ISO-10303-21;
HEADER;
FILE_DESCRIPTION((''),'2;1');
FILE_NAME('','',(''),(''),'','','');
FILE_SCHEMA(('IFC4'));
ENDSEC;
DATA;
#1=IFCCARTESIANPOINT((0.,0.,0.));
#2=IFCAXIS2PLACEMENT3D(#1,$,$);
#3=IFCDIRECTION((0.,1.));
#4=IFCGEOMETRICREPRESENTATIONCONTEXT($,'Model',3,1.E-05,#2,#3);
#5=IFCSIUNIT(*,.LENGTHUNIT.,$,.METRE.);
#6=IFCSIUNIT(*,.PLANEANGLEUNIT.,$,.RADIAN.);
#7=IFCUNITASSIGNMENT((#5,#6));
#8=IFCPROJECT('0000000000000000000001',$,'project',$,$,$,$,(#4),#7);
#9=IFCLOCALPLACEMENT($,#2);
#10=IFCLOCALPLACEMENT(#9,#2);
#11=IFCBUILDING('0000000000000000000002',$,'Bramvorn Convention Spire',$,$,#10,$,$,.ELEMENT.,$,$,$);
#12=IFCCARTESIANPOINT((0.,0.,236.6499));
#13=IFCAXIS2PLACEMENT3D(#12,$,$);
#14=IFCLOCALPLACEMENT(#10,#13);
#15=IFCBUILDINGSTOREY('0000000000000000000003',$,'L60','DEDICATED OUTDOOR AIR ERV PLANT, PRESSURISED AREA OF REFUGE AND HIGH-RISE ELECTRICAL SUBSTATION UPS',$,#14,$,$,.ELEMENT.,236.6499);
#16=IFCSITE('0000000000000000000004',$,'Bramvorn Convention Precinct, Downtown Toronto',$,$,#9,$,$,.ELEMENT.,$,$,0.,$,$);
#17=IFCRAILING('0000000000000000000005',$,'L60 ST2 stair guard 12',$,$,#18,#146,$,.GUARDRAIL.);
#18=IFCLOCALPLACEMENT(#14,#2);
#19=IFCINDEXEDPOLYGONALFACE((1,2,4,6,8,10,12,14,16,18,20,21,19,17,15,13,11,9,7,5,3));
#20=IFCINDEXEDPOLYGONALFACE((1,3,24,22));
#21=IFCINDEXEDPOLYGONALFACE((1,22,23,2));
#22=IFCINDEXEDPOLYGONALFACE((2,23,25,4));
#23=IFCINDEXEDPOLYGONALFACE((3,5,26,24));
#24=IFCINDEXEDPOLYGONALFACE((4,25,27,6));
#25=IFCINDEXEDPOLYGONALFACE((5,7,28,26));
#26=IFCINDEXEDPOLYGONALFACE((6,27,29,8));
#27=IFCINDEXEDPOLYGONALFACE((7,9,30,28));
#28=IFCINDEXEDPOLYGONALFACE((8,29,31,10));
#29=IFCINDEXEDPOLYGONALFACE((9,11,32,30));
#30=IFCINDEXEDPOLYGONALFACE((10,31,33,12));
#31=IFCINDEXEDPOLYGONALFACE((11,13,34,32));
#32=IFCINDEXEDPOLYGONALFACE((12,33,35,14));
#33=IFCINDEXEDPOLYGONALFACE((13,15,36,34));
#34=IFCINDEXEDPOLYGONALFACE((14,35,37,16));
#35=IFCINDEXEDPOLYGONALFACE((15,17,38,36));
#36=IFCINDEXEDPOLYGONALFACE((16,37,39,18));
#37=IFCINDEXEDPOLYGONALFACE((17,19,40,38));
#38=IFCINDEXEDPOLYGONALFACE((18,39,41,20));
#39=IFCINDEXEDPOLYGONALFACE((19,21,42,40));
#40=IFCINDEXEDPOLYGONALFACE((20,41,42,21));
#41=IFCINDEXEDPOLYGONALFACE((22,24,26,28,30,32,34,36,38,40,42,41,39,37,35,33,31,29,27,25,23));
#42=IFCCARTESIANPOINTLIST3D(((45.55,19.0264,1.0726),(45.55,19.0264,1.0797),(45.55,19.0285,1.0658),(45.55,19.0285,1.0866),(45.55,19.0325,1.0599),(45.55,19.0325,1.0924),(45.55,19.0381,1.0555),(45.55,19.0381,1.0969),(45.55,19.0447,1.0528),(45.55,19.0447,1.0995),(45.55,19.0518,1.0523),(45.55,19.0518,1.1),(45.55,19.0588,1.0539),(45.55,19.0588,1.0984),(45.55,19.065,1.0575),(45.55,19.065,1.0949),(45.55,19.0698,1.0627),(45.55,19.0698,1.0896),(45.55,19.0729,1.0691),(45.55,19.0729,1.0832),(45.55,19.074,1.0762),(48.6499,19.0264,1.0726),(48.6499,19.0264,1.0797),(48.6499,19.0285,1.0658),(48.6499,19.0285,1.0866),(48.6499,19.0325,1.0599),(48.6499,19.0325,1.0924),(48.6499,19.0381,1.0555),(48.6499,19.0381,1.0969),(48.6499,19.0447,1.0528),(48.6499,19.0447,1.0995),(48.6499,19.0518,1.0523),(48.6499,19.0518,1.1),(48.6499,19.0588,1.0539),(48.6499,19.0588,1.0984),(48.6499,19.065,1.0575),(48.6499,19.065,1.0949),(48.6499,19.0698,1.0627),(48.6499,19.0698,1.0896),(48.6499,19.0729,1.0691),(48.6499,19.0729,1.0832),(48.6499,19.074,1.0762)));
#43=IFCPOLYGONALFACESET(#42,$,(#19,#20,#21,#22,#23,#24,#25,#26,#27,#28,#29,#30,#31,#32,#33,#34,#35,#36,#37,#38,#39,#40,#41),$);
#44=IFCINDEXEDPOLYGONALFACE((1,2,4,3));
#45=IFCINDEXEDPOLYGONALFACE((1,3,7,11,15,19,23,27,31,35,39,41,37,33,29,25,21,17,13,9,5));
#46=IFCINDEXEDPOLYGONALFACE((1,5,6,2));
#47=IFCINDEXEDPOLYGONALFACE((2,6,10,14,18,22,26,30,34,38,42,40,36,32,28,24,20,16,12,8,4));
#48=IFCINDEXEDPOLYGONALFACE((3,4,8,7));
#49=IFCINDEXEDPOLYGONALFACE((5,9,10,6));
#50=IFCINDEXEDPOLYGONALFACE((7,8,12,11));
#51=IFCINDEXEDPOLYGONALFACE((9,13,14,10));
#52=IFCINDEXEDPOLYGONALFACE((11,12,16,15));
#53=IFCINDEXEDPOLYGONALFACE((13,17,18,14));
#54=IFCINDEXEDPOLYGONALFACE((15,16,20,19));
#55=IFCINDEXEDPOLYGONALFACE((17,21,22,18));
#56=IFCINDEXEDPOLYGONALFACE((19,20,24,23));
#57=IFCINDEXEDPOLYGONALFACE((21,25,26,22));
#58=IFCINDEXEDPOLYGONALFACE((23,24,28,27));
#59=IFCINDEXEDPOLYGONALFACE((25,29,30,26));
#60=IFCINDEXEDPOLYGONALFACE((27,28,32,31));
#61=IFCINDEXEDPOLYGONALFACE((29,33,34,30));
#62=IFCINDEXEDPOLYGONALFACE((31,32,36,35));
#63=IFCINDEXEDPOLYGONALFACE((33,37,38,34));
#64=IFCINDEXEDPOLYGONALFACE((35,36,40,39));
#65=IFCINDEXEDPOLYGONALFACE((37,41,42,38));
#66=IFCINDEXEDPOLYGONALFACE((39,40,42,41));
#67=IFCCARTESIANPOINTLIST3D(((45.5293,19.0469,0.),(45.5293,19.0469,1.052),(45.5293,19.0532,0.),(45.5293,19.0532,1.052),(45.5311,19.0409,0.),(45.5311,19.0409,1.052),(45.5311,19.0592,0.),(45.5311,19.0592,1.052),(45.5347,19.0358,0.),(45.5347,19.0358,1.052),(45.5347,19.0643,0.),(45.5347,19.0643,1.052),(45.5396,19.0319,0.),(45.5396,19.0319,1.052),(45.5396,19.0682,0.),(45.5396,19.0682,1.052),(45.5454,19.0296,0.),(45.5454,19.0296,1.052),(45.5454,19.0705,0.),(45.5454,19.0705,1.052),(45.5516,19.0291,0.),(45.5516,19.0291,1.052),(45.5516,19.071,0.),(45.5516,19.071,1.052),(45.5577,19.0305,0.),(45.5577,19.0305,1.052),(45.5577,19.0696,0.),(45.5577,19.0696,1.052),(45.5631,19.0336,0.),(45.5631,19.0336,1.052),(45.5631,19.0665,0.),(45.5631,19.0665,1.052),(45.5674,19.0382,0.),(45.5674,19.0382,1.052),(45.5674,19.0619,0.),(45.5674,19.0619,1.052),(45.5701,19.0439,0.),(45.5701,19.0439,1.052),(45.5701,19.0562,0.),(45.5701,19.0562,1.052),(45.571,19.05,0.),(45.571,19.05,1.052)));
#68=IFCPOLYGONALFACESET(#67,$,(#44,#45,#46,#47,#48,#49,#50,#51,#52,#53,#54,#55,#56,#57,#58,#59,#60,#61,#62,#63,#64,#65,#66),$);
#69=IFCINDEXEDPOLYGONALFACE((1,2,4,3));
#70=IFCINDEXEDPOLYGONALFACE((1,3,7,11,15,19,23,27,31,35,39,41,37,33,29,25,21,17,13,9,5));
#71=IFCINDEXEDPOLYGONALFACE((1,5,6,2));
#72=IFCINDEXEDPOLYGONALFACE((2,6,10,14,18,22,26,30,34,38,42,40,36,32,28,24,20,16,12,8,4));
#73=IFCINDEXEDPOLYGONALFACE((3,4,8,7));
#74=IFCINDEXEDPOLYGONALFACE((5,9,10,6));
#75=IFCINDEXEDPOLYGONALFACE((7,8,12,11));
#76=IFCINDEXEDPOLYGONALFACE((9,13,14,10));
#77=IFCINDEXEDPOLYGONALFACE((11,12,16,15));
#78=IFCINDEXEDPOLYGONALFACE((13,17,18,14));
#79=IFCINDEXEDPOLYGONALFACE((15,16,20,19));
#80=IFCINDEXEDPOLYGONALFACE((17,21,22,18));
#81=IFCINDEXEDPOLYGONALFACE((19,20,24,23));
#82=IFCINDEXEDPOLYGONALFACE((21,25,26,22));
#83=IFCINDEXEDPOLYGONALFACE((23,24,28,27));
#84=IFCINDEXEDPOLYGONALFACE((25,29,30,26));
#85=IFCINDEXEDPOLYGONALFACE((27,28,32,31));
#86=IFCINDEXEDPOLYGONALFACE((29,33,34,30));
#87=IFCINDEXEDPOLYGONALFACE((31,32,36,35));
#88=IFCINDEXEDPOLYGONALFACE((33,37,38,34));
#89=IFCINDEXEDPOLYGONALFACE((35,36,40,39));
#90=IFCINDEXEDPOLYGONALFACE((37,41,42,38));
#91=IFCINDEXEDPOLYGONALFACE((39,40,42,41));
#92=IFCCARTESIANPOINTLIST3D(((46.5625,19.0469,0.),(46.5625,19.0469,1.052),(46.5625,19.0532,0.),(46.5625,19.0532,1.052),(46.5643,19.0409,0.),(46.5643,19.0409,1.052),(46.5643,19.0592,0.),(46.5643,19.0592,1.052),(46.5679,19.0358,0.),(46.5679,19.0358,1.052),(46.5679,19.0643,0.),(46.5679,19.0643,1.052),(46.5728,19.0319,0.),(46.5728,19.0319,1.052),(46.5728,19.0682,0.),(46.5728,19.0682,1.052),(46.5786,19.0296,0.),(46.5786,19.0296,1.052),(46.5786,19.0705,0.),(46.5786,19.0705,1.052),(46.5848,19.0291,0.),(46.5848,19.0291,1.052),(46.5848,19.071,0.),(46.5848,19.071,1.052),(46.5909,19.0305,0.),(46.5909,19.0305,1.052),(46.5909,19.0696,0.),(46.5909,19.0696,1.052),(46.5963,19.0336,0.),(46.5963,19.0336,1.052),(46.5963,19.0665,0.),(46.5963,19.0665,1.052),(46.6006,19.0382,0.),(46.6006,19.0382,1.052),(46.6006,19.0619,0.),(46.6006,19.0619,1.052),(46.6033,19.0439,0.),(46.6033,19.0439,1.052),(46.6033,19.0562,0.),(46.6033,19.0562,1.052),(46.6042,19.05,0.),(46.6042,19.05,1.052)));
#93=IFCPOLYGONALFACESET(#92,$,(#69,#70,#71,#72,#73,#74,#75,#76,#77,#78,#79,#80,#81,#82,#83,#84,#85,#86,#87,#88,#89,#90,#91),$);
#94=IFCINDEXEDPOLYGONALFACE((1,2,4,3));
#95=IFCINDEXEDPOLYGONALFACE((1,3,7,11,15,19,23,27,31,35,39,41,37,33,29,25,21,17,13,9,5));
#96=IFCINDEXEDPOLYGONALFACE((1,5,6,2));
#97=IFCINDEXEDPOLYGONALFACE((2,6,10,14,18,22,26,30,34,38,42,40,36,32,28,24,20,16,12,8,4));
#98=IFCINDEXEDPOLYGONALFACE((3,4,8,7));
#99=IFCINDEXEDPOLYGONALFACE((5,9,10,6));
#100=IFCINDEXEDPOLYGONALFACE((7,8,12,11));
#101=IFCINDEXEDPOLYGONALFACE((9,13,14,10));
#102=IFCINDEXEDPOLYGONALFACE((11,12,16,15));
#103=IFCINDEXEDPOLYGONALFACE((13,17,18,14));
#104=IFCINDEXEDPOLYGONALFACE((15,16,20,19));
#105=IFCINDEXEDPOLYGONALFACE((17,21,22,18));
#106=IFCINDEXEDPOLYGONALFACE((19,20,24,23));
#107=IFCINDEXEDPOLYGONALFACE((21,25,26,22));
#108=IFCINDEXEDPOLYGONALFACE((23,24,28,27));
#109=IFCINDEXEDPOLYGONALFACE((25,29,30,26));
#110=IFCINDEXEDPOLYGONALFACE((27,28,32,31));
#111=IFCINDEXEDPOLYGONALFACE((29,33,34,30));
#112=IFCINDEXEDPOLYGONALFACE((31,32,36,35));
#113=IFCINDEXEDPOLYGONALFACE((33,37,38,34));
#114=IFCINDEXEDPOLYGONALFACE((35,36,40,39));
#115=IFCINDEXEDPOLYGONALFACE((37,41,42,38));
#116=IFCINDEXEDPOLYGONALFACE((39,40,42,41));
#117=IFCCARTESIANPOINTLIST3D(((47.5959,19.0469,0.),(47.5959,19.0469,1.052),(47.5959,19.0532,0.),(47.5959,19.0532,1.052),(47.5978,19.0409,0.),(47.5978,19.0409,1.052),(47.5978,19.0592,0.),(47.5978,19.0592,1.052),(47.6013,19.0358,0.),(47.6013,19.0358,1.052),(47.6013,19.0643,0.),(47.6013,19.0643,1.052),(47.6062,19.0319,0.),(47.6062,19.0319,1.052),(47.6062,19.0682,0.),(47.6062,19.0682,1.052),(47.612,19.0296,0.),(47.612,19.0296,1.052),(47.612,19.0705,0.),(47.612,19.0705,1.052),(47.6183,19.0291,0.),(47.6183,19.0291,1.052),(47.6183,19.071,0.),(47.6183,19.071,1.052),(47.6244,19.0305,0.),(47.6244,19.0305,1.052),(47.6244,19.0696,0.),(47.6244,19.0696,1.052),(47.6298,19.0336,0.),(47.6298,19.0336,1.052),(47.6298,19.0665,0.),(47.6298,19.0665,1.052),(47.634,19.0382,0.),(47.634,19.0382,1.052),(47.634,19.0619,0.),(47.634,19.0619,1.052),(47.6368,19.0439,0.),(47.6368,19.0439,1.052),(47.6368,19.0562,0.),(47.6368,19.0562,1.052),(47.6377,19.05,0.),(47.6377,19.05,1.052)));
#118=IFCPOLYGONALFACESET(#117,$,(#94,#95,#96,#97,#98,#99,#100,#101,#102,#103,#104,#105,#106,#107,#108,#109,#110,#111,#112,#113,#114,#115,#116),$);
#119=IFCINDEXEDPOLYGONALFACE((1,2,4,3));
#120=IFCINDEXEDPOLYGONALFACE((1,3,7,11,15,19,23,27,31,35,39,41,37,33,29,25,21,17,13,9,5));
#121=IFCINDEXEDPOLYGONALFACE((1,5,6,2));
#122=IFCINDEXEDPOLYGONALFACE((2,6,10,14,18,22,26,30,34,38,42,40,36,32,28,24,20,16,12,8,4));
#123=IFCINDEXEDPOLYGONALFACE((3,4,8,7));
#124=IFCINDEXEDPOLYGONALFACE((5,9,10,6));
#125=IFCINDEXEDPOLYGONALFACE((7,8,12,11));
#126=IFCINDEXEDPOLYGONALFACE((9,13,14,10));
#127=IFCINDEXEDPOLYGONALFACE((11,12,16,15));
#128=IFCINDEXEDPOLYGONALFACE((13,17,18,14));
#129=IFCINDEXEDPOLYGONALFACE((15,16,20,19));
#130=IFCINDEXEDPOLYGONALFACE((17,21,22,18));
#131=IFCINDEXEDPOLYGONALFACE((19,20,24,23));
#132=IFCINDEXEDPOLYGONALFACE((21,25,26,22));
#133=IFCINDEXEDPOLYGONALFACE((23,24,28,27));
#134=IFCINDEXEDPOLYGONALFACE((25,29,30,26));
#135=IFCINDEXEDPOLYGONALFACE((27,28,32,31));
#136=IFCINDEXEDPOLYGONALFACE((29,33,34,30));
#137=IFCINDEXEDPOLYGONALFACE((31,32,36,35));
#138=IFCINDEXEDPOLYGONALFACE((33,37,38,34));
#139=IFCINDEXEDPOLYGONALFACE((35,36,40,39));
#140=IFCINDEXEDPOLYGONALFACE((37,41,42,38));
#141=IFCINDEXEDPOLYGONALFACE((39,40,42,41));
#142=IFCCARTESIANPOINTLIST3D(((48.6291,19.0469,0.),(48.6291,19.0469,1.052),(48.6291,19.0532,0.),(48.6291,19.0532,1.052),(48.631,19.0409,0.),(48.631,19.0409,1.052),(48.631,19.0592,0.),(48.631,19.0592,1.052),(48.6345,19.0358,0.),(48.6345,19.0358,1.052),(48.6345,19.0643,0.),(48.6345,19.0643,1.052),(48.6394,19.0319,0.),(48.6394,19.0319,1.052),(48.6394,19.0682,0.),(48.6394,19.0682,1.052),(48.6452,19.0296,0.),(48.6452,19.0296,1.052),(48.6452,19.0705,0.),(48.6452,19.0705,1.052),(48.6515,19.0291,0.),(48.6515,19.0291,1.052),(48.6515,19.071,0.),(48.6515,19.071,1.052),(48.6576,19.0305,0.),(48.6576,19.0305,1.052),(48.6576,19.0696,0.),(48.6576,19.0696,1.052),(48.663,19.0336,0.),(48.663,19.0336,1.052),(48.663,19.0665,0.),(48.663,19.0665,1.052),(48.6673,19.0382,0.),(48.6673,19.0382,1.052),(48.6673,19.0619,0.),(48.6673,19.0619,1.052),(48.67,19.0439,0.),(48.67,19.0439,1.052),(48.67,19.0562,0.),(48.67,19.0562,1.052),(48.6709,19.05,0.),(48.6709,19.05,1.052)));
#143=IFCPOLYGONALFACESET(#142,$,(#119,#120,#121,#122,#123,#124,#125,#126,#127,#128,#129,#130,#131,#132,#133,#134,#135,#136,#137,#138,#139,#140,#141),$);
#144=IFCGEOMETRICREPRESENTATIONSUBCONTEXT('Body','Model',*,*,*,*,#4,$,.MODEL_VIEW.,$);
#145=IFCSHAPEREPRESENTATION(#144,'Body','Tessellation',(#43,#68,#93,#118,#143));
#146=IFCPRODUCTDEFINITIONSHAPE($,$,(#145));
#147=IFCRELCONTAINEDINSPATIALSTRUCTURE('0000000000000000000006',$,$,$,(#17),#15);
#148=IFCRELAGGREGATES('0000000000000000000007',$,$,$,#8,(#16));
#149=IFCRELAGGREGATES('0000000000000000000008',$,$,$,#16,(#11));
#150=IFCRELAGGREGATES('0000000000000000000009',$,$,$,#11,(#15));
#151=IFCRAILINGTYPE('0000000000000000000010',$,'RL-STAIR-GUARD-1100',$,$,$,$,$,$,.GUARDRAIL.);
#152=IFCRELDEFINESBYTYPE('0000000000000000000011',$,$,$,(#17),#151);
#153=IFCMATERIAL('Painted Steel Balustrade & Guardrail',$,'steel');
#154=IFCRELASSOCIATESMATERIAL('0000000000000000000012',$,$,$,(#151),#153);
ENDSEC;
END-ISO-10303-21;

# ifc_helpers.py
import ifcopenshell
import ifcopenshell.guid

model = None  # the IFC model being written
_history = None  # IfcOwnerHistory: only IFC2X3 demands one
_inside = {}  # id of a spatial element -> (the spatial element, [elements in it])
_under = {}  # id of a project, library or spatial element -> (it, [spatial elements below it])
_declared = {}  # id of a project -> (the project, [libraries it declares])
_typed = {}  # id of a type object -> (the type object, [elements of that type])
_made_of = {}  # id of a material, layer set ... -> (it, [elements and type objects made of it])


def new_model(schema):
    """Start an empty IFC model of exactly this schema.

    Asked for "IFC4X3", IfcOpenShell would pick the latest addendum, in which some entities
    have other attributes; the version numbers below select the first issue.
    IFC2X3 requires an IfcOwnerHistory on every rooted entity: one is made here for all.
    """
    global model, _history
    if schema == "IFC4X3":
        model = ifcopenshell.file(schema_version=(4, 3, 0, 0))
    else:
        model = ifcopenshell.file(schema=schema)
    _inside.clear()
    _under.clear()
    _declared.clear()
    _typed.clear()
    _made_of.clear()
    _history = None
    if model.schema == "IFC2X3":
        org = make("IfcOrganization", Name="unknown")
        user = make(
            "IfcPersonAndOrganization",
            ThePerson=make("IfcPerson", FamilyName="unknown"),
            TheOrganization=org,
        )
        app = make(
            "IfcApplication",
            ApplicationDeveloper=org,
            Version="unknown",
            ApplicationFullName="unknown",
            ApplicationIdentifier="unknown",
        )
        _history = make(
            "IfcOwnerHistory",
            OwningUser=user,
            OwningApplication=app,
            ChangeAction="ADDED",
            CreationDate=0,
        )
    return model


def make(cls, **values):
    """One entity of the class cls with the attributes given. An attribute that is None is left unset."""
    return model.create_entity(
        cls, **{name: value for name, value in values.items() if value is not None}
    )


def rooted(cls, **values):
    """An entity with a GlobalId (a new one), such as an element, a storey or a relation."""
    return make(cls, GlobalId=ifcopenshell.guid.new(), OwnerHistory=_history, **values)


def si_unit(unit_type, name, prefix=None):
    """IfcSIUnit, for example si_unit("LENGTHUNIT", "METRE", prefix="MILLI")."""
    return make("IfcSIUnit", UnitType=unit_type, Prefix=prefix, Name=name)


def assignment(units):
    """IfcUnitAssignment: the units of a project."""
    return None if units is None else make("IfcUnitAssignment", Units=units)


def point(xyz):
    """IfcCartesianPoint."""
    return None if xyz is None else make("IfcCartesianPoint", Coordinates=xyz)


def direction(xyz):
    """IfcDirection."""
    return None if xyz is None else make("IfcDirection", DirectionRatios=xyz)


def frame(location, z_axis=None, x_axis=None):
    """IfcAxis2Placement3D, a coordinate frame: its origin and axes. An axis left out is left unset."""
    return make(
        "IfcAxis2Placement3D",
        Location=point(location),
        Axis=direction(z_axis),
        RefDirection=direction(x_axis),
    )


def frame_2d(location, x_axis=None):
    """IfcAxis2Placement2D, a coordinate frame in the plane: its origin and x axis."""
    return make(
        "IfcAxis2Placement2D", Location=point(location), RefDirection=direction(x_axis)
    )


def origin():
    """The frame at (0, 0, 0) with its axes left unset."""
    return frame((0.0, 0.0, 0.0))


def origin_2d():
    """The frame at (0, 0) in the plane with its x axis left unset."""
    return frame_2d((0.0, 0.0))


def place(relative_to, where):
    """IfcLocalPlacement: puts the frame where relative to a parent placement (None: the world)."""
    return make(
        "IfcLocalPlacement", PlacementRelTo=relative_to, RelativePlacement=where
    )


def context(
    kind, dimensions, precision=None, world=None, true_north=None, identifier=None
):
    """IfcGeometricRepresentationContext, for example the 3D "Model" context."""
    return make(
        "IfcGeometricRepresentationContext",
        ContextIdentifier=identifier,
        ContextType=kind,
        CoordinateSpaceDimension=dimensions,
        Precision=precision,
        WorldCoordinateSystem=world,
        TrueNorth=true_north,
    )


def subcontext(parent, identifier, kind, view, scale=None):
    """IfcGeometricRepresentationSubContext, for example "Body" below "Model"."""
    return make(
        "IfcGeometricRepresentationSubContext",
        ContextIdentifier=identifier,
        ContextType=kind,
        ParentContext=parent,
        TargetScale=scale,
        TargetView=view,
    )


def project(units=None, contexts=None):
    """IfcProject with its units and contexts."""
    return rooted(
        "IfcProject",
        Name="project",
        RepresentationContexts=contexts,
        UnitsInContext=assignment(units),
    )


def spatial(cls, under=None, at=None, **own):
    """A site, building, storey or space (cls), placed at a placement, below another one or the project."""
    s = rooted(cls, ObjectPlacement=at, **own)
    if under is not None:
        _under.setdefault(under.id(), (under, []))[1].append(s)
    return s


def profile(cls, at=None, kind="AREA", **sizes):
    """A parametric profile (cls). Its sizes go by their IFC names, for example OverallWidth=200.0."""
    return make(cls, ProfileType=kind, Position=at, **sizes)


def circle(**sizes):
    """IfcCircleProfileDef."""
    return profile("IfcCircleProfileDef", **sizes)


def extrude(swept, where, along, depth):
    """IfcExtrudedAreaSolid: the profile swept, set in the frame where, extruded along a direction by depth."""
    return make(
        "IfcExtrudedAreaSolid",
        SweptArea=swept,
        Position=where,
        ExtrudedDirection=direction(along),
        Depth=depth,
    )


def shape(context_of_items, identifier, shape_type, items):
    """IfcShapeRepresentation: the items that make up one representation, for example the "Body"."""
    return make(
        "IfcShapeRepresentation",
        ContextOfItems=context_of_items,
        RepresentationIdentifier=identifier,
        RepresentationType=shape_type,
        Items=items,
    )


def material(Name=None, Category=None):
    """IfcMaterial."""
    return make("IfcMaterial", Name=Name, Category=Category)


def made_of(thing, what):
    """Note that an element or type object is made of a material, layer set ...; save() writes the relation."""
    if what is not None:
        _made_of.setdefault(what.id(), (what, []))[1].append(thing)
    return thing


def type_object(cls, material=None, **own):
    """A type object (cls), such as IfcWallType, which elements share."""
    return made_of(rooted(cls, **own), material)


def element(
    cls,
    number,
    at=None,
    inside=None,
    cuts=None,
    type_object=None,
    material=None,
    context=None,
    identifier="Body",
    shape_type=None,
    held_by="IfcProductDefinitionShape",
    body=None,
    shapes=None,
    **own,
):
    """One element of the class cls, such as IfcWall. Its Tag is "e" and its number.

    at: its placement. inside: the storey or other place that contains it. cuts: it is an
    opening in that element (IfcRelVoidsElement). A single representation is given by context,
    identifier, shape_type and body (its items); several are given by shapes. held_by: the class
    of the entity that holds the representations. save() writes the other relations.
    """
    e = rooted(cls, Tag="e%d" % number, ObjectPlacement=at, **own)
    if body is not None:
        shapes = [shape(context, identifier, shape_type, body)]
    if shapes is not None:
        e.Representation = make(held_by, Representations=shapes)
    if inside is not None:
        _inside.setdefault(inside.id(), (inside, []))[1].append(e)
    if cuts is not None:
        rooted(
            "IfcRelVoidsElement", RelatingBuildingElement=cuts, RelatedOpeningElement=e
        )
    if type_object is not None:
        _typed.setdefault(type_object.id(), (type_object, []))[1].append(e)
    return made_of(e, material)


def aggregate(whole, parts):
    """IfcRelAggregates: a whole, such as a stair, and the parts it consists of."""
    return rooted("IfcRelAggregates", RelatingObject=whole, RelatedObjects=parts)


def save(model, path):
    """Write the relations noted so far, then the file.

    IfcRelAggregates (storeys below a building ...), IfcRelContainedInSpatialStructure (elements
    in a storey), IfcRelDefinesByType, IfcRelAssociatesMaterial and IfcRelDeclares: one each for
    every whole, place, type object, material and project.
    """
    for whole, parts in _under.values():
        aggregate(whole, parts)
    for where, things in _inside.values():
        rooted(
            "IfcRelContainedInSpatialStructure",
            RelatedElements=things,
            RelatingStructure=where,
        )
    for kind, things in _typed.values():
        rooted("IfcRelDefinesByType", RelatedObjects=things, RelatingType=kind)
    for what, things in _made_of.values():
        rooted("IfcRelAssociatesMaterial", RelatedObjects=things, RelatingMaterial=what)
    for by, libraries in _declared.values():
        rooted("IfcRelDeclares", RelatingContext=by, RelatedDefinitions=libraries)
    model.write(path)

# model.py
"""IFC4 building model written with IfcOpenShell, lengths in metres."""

from ifc_helpers import new_model, si_unit, direction, frame, origin, origin_2d, place, context, subcontext, project, spatial, circle, extrude, material, type_object, element, save


model = new_model("IFC4")

# Units and contexts
model_context = context("Model", 3, precision=1e-05, world=origin(), true_north=direction((0.0, 1.0)))
body_context = subcontext(model_context, "Body", "Model", "MODEL_VIEW")
ifc_project = project(units=[si_unit("LENGTHUNIT", "METRE"), si_unit("PLANEANGLEUNIT", "RADIAN")], contexts=[model_context])

# Site, building, storey
site_placement = place(None, origin())
site = spatial("IfcSite", under=ifc_project, at=site_placement, Name="Bramvorn Convention Precinct, Downtown Toronto", CompositionType="ELEMENT", RefElevation=0.0)
building_placement = place(site_placement, origin())
building = spatial("IfcBuilding", under=site, at=building_placement, Name="Bramvorn Convention Spire", CompositionType="ELEMENT")
storey_placement = place(building_placement, frame((0.0, 0.0, 236.6499)))
storey = spatial("IfcBuildingStorey", under=building, at=storey_placement, Name="L60", Description="DEDICATED OUTDOOR AIR ERV PLANT, PRESSURISED AREA OF REFUGE AND HIGH-RISE ELECTRICAL SUBSTATION UPS", CompositionType="ELEMENT", Elevation=236.6499)

# Railing
ifc_material_1 = material(Name="Painted Steel Balustrade & Guardrail", Category="steel")
railing_type_1 = type_object("IfcRailingType", Name="RL-STAIR-GUARD-1100", PredefinedType="GUARDRAIL", material=ifc_material_1)
railing_1_placement = place(storey_placement, frame((45.55, 19.05, 0.0)))
element("IfcRailing", 1, at=railing_1_placement, inside=storey, type_object=railing_type_1, Name="L60 ST2 stair guard 12", PredefinedType="GUARDRAIL", context=body_context, shape_type="SweptSolid", body=[
    extrude(circle(Radius=0.0239, at=origin_2d()), frame((0.0, 0.0, 1.0762), z_axis=(1.0, 0.0, 0.0), x_axis=(0.0, 1.0, 0.0)), (0.0, 0.0, 1.0), 3.0999),
    extrude(circle(Radius=0.021, at=origin_2d()), origin(), (0.0, 0.0, 1.0), 1.052),
    extrude(circle(Radius=0.021, at=origin_2d()), frame((1.0332, 0.0, 0.0)), (0.0, 0.0, 1.0), 1.052),
    extrude(circle(Radius=0.021, at=origin_2d()), frame((2.0667, 0.0, 0.0)), (0.0, 0.0, 1.0), 1.052),
    extrude(circle(Radius=0.021, at=origin_2d()), frame((3.0999, 0.0, 0.0)), (0.0, 0.0, 1.0), 1.052),
])

save(model, "model.ifc")
